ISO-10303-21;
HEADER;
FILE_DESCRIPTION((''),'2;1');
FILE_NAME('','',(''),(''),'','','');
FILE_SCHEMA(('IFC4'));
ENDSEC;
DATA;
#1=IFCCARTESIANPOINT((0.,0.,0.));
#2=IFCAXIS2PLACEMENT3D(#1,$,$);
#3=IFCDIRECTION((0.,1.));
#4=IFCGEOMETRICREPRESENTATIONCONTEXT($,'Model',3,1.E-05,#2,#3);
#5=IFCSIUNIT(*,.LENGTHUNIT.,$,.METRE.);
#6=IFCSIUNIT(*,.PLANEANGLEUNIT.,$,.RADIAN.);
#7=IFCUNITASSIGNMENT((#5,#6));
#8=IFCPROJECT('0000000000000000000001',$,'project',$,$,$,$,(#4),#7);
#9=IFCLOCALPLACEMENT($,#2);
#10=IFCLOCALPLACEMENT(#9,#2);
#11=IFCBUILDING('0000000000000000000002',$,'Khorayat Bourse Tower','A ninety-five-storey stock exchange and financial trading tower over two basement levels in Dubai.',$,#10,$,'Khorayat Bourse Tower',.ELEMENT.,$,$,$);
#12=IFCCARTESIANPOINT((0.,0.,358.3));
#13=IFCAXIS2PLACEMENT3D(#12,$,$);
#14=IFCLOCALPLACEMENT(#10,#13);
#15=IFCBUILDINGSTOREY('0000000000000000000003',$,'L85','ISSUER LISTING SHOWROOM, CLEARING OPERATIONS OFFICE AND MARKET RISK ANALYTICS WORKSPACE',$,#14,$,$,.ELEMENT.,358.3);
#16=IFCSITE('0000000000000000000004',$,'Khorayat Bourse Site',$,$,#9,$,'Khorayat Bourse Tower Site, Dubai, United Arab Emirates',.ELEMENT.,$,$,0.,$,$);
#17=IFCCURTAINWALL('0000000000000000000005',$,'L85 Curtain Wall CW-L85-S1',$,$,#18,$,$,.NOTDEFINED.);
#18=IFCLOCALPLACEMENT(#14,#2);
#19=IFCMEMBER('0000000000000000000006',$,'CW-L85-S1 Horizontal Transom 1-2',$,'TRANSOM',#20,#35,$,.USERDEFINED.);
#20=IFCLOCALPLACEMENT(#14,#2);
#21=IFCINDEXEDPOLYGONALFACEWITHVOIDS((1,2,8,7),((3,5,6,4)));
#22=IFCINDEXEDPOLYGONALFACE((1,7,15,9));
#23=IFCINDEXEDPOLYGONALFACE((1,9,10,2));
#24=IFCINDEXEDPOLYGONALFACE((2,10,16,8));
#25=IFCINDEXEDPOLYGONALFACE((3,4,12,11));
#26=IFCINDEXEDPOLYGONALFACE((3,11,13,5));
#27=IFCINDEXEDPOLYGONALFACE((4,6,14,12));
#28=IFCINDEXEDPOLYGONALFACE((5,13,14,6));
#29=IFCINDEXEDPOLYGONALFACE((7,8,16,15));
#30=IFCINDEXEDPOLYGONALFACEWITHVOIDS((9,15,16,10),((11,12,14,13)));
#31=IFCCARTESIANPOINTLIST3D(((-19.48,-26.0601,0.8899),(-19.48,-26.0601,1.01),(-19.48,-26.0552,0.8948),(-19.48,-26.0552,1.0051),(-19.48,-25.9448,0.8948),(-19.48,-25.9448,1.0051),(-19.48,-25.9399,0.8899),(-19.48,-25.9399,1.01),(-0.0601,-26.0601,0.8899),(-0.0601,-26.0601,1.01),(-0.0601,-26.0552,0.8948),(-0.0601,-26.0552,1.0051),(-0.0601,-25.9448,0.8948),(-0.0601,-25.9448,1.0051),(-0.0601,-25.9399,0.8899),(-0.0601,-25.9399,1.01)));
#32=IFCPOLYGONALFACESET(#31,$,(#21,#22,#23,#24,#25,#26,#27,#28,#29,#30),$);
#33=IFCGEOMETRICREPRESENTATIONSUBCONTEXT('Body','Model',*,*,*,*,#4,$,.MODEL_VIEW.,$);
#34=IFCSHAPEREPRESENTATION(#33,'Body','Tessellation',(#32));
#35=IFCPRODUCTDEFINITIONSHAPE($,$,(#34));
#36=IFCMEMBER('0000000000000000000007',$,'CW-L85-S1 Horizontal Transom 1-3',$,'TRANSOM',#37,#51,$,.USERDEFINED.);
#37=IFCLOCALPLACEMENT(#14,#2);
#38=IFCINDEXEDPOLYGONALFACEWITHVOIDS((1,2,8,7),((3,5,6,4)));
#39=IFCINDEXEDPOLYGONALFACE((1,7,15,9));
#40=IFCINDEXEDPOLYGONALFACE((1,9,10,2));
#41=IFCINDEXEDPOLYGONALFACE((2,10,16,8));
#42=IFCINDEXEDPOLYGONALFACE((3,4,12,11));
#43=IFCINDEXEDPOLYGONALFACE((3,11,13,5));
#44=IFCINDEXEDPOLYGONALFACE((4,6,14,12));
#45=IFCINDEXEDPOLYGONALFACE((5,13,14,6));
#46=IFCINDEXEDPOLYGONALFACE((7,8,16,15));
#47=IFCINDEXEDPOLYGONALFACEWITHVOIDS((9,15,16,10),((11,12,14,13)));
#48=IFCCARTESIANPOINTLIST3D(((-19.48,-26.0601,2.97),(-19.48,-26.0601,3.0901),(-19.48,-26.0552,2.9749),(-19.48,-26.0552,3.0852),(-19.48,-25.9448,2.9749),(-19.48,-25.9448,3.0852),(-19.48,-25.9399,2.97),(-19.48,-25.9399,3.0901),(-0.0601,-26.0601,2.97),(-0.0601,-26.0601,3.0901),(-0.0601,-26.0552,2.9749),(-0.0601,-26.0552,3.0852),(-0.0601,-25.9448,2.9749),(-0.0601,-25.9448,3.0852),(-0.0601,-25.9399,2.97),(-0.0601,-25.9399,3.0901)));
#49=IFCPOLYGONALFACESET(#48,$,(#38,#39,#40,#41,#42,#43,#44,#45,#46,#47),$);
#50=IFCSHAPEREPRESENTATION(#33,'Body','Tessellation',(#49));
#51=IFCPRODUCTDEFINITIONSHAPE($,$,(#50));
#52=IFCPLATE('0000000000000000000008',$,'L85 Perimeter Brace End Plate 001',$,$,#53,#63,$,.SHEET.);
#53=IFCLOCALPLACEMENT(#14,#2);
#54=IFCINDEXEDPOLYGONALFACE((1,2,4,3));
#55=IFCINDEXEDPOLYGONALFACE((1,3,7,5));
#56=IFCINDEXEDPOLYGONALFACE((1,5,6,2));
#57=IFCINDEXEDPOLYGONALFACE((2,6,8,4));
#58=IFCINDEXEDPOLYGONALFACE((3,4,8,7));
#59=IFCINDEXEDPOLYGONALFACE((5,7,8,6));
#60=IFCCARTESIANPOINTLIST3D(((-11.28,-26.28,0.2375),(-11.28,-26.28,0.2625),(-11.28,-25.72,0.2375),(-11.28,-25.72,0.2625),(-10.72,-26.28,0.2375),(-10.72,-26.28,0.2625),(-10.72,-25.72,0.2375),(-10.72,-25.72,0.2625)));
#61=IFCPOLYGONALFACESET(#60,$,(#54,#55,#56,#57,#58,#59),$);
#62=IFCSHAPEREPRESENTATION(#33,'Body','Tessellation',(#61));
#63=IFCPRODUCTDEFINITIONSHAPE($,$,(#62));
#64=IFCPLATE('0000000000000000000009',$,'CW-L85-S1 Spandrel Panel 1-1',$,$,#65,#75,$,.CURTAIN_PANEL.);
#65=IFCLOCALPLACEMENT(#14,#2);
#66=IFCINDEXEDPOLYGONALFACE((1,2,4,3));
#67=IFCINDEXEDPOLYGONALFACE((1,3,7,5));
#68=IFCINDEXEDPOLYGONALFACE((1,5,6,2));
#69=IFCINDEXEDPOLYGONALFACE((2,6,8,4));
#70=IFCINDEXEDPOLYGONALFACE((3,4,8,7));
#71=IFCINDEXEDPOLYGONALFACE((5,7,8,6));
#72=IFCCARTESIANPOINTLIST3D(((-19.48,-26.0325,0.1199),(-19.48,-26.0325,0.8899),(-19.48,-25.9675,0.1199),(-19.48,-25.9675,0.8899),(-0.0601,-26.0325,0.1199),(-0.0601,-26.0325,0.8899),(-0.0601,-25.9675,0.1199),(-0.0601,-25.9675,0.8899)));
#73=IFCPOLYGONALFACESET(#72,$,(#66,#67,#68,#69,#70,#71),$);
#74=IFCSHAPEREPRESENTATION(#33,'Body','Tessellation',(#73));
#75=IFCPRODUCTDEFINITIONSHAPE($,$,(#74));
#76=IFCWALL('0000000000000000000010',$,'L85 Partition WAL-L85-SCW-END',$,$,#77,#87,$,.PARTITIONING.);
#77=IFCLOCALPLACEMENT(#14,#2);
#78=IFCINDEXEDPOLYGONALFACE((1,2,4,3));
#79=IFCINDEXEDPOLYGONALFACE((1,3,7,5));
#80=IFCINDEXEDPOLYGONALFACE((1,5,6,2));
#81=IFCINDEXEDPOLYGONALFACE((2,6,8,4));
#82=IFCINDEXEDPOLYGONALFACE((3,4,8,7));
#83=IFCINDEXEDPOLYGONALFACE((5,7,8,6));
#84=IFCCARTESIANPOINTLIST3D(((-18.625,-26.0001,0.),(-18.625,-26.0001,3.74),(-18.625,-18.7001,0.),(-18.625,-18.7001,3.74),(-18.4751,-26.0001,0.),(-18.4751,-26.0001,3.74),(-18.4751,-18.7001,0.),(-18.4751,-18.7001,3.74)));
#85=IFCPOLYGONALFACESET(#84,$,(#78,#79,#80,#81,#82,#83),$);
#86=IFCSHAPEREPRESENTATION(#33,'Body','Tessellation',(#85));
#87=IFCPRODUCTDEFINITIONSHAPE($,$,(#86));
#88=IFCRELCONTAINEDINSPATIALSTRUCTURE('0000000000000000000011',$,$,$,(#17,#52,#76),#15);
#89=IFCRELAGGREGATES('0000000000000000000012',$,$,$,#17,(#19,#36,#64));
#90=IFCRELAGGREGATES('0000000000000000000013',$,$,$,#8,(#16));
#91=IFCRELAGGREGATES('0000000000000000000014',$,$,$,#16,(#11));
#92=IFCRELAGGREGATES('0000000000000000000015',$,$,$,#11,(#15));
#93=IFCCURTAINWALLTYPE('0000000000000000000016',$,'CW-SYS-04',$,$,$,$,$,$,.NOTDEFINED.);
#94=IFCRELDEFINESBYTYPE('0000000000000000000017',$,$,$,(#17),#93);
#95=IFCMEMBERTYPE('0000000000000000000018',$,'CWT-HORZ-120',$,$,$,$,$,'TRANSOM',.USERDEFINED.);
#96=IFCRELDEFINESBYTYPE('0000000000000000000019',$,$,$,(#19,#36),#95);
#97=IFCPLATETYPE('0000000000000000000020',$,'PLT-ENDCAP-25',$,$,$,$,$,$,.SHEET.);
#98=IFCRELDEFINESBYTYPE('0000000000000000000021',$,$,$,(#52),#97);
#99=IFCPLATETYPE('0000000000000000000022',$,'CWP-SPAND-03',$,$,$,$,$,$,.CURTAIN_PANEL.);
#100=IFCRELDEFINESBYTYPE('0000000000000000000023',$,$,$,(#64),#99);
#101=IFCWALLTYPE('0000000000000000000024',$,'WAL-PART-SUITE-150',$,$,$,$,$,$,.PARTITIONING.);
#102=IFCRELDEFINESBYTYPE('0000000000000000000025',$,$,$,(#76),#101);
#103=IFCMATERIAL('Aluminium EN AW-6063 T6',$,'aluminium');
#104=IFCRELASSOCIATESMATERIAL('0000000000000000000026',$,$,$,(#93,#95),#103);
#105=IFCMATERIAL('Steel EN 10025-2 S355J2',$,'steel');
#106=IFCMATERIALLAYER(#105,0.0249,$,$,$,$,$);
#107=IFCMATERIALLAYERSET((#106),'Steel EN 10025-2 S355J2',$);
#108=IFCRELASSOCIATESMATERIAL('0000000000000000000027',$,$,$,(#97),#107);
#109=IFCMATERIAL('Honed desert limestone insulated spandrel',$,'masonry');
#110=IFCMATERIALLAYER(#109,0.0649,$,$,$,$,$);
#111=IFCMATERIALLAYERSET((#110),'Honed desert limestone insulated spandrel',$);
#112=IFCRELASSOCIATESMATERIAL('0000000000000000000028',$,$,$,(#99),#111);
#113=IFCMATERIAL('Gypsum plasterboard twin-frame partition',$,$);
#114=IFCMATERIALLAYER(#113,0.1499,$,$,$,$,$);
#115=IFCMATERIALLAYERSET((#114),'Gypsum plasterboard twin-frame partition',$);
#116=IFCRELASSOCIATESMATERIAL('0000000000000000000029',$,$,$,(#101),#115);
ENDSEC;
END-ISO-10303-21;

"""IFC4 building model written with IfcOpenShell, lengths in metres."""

from ifc_helpers import new_model, si_unit, direction, frame, frame_2d, origin, origin_2d, place, context, subcontext, project, spatial, rectangle, hollow_rectangle, extrude, source, transform, mapped, material, layer, layer_set, material_profile, profile_set, type_object, element, aggregate, save


model = new_model("IFC4")

# Units and contexts
model_context = context("Model", 3, precision=1e-05, world=origin(), true_north=direction((0.0, 1.0)))
body_context = subcontext(model_context, "Body", "Model", "MODEL_VIEW")
ifc_project = project(units=[si_unit("LENGTHUNIT", "METRE"), si_unit("PLANEANGLEUNIT", "RADIAN")], contexts=[model_context])

# Site, building, storey
site_placement = place(None, origin())
site = spatial("IfcSite", under=ifc_project, at=site_placement, Name="Khorayat Bourse Site", LongName="Khorayat Bourse Tower Site, Dubai, United Arab Emirates", CompositionType="ELEMENT", RefElevation=0.0)
building_placement = place(site_placement, origin())
building = spatial("IfcBuilding", under=site, at=building_placement, Name="Khorayat Bourse Tower", Description="A ninety-five-storey stock exchange and financial trading tower over two basement levels in Dubai.", LongName="Khorayat Bourse Tower", CompositionType="ELEMENT")
storey_placement = place(building_placement, frame((0.0, 0.0, 358.3)))
storey = spatial("IfcBuildingStorey", under=building, at=storey_placement, Name="L85", Description="ISSUER LISTING SHOWROOM, CLEARING OPERATIONS OFFICE AND MARKET RISK ANALYTICS WORKSPACE", CompositionType="ELEMENT", Elevation=358.3)

# Shared definitions
ifc_material_1 = material(Name="Steel EN 10025-2 S355J2", Category="steel")

# Curtain wall, members
ifc_material_2 = material(Name="Aluminium EN AW-6063 T6", Category="aluminium")
curtain_wall_type = type_object("IfcCurtainWallType", Name="CW-SYS-04", PredefinedType="NOTDEFINED", material=ifc_material_2)
curtain_wall_placement = place(storey_placement, origin())
curtain_wall = element("IfcCurtainWall", 1, at=curtain_wall_placement, inside=storey, type_object=curtain_wall_type, Name="L85 Curtain Wall CW-L85-S1", PredefinedType="NOTDEFINED")
ifc_material_profile_1 = material_profile(ifc_material_2, hollow_rectangle(XDim=0.1201, YDim=0.1201, WallThickness=0.0049, at=origin_2d()), Name="ALU 120x120x5")
ifc_profile_set_1 = profile_set([ifc_material_profile_1], Name="Aluminium EN AW-6063 T6")
member_type_1 = type_object("IfcMemberType", Name="CWT-HORZ-120", ElementType="TRANSOM", PredefinedType="USERDEFINED", material=ifc_profile_set_1)
shared_shape_1 = source(origin(), body_context, "Body", "SweptSolid", [
    extrude(hollow_rectangle(XDim=0.1201, YDim=0.1201, WallThickness=0.0049, at=origin_2d()), origin(), (0.0, 0.0, 1.0), 19.4199),
])
member_1_placement = place(storey_placement, frame((-19.48, -26.0, 0.95), z_axis=(1.0, 0.0, 0.0), x_axis=(0.0, 1.0, 0.0)))
member_1 = element("IfcMember", 2, at=member_1_placement, type_object=member_type_1, Name="CW-L85-S1 Horizontal Transom 1-2", ObjectType="TRANSOM", PredefinedType="USERDEFINED", context=body_context, shape_type="MappedRepresentation", body=[
    mapped(shared_shape_1, transform((0.0, 0.0, 0.0), scale=1.0)),
])
member_2_placement = place(storey_placement, frame((-19.48, -26.0, 3.03), z_axis=(1.0, 0.0, 0.0), x_axis=(0.0, 1.0, 0.0)))
member_2 = element("IfcMember", 3, at=member_2_placement, type_object=member_type_1, Name="CW-L85-S1 Horizontal Transom 1-3", ObjectType="TRANSOM", PredefinedType="USERDEFINED", context=body_context, shape_type="MappedRepresentation", body=[
    mapped(shared_shape_1, transform((0.0, 0.0, 0.0), scale=1.0)),
])

# Plates
ifc_layer_1 = layer(ifc_material_1, 0.0249)
ifc_layer_set_1 = layer_set([ifc_layer_1], Name="Steel EN 10025-2 S355J2")
plate_type_1 = type_object("IfcPlateType", Name="PLT-ENDCAP-25", PredefinedType="SHEET", material=ifc_layer_set_1)
shared_shape_2 = source(origin(), body_context, "Body", "SweptSolid", [
    extrude(rectangle(XDim=0.5601, YDim=0.5601, at=origin_2d()), origin(), (0.0, 0.0, 1.0), 0.0249),
])
plate_1_placement = place(storey_placement, frame((-11.0, -26.0, 0.2375), z_axis=(0.0, 0.0, 1.0), x_axis=(1.0, 0.0, 0.0)))
element("IfcPlate", 4, at=plate_1_placement, inside=storey, type_object=plate_type_1, Name="L85 Perimeter Brace End Plate 001", PredefinedType="SHEET", context=body_context, shape_type="MappedRepresentation", body=[
    mapped(shared_shape_2, transform((0.0, 0.0, 0.0), scale=1.0)),
])
ifc_material_3 = material(Name="Honed desert limestone insulated spandrel", Category="masonry")
ifc_layer_2 = layer(ifc_material_3, 0.0649)
ifc_layer_set_2 = layer_set([ifc_layer_2], Name="Honed desert limestone insulated spandrel")
plate_type_2 = type_object("IfcPlateType", Name="CWP-SPAND-03", PredefinedType="CURTAIN_PANEL", material=ifc_layer_set_2)
shared_shape_3 = source(origin(), body_context, "Body", "SweptSolid", [
    extrude(rectangle(XDim=19.4199, YDim=0.0649, at=origin_2d()), origin(), (0.0, 0.0, 1.0), 0.77),
])
plate_2_placement = place(storey_placement, frame((-9.77, -26.0, 0.1199), z_axis=(0.0, 0.0, 1.0), x_axis=(1.0, 0.0, 0.0)))
plate_2 = element("IfcPlate", 5, at=plate_2_placement, type_object=plate_type_2, Name="CW-L85-S1 Spandrel Panel 1-1", PredefinedType="CURTAIN_PANEL", context=body_context, shape_type="MappedRepresentation", body=[
    mapped(shared_shape_3, transform((0.0, 0.0, 0.0), scale=1.0)),
])
aggregate(curtain_wall, [member_1, member_2, plate_2])

# Wall
ifc_material_4 = material(Name="Gypsum plasterboard twin-frame partition")
ifc_layer_3 = layer(ifc_material_4, 0.1499)
ifc_layer_set_3 = layer_set([ifc_layer_3], Name="Gypsum plasterboard twin-frame partition")
wall_type = type_object("IfcWallType", Name="WAL-PART-SUITE-150", PredefinedType="PARTITIONING", material=ifc_layer_set_3)
shared_shape_4 = source(origin(), body_context, "Body", "SweptSolid", [
    extrude(rectangle(XDim=7.3, YDim=0.1499, at=frame_2d((3.6499, 0.0))), origin(), (0.0, 0.0, 1.0), 3.74),
])
wall_placement = place(storey_placement, frame((-18.55, -26.0, 0.0), z_axis=(0.0, 0.0, 1.0), x_axis=(0.0, 1.0, 0.0)))
element("IfcWall", 6, at=wall_placement, inside=storey, type_object=wall_type, Name="L85 Partition WAL-L85-SCW-END", PredefinedType="PARTITIONING", context=body_context, shape_type="MappedRepresentation", body=[
    mapped(shared_shape_4, transform((0.0, 0.0, 0.0), scale=1.0)),
])

save(model, "model.ifc")
